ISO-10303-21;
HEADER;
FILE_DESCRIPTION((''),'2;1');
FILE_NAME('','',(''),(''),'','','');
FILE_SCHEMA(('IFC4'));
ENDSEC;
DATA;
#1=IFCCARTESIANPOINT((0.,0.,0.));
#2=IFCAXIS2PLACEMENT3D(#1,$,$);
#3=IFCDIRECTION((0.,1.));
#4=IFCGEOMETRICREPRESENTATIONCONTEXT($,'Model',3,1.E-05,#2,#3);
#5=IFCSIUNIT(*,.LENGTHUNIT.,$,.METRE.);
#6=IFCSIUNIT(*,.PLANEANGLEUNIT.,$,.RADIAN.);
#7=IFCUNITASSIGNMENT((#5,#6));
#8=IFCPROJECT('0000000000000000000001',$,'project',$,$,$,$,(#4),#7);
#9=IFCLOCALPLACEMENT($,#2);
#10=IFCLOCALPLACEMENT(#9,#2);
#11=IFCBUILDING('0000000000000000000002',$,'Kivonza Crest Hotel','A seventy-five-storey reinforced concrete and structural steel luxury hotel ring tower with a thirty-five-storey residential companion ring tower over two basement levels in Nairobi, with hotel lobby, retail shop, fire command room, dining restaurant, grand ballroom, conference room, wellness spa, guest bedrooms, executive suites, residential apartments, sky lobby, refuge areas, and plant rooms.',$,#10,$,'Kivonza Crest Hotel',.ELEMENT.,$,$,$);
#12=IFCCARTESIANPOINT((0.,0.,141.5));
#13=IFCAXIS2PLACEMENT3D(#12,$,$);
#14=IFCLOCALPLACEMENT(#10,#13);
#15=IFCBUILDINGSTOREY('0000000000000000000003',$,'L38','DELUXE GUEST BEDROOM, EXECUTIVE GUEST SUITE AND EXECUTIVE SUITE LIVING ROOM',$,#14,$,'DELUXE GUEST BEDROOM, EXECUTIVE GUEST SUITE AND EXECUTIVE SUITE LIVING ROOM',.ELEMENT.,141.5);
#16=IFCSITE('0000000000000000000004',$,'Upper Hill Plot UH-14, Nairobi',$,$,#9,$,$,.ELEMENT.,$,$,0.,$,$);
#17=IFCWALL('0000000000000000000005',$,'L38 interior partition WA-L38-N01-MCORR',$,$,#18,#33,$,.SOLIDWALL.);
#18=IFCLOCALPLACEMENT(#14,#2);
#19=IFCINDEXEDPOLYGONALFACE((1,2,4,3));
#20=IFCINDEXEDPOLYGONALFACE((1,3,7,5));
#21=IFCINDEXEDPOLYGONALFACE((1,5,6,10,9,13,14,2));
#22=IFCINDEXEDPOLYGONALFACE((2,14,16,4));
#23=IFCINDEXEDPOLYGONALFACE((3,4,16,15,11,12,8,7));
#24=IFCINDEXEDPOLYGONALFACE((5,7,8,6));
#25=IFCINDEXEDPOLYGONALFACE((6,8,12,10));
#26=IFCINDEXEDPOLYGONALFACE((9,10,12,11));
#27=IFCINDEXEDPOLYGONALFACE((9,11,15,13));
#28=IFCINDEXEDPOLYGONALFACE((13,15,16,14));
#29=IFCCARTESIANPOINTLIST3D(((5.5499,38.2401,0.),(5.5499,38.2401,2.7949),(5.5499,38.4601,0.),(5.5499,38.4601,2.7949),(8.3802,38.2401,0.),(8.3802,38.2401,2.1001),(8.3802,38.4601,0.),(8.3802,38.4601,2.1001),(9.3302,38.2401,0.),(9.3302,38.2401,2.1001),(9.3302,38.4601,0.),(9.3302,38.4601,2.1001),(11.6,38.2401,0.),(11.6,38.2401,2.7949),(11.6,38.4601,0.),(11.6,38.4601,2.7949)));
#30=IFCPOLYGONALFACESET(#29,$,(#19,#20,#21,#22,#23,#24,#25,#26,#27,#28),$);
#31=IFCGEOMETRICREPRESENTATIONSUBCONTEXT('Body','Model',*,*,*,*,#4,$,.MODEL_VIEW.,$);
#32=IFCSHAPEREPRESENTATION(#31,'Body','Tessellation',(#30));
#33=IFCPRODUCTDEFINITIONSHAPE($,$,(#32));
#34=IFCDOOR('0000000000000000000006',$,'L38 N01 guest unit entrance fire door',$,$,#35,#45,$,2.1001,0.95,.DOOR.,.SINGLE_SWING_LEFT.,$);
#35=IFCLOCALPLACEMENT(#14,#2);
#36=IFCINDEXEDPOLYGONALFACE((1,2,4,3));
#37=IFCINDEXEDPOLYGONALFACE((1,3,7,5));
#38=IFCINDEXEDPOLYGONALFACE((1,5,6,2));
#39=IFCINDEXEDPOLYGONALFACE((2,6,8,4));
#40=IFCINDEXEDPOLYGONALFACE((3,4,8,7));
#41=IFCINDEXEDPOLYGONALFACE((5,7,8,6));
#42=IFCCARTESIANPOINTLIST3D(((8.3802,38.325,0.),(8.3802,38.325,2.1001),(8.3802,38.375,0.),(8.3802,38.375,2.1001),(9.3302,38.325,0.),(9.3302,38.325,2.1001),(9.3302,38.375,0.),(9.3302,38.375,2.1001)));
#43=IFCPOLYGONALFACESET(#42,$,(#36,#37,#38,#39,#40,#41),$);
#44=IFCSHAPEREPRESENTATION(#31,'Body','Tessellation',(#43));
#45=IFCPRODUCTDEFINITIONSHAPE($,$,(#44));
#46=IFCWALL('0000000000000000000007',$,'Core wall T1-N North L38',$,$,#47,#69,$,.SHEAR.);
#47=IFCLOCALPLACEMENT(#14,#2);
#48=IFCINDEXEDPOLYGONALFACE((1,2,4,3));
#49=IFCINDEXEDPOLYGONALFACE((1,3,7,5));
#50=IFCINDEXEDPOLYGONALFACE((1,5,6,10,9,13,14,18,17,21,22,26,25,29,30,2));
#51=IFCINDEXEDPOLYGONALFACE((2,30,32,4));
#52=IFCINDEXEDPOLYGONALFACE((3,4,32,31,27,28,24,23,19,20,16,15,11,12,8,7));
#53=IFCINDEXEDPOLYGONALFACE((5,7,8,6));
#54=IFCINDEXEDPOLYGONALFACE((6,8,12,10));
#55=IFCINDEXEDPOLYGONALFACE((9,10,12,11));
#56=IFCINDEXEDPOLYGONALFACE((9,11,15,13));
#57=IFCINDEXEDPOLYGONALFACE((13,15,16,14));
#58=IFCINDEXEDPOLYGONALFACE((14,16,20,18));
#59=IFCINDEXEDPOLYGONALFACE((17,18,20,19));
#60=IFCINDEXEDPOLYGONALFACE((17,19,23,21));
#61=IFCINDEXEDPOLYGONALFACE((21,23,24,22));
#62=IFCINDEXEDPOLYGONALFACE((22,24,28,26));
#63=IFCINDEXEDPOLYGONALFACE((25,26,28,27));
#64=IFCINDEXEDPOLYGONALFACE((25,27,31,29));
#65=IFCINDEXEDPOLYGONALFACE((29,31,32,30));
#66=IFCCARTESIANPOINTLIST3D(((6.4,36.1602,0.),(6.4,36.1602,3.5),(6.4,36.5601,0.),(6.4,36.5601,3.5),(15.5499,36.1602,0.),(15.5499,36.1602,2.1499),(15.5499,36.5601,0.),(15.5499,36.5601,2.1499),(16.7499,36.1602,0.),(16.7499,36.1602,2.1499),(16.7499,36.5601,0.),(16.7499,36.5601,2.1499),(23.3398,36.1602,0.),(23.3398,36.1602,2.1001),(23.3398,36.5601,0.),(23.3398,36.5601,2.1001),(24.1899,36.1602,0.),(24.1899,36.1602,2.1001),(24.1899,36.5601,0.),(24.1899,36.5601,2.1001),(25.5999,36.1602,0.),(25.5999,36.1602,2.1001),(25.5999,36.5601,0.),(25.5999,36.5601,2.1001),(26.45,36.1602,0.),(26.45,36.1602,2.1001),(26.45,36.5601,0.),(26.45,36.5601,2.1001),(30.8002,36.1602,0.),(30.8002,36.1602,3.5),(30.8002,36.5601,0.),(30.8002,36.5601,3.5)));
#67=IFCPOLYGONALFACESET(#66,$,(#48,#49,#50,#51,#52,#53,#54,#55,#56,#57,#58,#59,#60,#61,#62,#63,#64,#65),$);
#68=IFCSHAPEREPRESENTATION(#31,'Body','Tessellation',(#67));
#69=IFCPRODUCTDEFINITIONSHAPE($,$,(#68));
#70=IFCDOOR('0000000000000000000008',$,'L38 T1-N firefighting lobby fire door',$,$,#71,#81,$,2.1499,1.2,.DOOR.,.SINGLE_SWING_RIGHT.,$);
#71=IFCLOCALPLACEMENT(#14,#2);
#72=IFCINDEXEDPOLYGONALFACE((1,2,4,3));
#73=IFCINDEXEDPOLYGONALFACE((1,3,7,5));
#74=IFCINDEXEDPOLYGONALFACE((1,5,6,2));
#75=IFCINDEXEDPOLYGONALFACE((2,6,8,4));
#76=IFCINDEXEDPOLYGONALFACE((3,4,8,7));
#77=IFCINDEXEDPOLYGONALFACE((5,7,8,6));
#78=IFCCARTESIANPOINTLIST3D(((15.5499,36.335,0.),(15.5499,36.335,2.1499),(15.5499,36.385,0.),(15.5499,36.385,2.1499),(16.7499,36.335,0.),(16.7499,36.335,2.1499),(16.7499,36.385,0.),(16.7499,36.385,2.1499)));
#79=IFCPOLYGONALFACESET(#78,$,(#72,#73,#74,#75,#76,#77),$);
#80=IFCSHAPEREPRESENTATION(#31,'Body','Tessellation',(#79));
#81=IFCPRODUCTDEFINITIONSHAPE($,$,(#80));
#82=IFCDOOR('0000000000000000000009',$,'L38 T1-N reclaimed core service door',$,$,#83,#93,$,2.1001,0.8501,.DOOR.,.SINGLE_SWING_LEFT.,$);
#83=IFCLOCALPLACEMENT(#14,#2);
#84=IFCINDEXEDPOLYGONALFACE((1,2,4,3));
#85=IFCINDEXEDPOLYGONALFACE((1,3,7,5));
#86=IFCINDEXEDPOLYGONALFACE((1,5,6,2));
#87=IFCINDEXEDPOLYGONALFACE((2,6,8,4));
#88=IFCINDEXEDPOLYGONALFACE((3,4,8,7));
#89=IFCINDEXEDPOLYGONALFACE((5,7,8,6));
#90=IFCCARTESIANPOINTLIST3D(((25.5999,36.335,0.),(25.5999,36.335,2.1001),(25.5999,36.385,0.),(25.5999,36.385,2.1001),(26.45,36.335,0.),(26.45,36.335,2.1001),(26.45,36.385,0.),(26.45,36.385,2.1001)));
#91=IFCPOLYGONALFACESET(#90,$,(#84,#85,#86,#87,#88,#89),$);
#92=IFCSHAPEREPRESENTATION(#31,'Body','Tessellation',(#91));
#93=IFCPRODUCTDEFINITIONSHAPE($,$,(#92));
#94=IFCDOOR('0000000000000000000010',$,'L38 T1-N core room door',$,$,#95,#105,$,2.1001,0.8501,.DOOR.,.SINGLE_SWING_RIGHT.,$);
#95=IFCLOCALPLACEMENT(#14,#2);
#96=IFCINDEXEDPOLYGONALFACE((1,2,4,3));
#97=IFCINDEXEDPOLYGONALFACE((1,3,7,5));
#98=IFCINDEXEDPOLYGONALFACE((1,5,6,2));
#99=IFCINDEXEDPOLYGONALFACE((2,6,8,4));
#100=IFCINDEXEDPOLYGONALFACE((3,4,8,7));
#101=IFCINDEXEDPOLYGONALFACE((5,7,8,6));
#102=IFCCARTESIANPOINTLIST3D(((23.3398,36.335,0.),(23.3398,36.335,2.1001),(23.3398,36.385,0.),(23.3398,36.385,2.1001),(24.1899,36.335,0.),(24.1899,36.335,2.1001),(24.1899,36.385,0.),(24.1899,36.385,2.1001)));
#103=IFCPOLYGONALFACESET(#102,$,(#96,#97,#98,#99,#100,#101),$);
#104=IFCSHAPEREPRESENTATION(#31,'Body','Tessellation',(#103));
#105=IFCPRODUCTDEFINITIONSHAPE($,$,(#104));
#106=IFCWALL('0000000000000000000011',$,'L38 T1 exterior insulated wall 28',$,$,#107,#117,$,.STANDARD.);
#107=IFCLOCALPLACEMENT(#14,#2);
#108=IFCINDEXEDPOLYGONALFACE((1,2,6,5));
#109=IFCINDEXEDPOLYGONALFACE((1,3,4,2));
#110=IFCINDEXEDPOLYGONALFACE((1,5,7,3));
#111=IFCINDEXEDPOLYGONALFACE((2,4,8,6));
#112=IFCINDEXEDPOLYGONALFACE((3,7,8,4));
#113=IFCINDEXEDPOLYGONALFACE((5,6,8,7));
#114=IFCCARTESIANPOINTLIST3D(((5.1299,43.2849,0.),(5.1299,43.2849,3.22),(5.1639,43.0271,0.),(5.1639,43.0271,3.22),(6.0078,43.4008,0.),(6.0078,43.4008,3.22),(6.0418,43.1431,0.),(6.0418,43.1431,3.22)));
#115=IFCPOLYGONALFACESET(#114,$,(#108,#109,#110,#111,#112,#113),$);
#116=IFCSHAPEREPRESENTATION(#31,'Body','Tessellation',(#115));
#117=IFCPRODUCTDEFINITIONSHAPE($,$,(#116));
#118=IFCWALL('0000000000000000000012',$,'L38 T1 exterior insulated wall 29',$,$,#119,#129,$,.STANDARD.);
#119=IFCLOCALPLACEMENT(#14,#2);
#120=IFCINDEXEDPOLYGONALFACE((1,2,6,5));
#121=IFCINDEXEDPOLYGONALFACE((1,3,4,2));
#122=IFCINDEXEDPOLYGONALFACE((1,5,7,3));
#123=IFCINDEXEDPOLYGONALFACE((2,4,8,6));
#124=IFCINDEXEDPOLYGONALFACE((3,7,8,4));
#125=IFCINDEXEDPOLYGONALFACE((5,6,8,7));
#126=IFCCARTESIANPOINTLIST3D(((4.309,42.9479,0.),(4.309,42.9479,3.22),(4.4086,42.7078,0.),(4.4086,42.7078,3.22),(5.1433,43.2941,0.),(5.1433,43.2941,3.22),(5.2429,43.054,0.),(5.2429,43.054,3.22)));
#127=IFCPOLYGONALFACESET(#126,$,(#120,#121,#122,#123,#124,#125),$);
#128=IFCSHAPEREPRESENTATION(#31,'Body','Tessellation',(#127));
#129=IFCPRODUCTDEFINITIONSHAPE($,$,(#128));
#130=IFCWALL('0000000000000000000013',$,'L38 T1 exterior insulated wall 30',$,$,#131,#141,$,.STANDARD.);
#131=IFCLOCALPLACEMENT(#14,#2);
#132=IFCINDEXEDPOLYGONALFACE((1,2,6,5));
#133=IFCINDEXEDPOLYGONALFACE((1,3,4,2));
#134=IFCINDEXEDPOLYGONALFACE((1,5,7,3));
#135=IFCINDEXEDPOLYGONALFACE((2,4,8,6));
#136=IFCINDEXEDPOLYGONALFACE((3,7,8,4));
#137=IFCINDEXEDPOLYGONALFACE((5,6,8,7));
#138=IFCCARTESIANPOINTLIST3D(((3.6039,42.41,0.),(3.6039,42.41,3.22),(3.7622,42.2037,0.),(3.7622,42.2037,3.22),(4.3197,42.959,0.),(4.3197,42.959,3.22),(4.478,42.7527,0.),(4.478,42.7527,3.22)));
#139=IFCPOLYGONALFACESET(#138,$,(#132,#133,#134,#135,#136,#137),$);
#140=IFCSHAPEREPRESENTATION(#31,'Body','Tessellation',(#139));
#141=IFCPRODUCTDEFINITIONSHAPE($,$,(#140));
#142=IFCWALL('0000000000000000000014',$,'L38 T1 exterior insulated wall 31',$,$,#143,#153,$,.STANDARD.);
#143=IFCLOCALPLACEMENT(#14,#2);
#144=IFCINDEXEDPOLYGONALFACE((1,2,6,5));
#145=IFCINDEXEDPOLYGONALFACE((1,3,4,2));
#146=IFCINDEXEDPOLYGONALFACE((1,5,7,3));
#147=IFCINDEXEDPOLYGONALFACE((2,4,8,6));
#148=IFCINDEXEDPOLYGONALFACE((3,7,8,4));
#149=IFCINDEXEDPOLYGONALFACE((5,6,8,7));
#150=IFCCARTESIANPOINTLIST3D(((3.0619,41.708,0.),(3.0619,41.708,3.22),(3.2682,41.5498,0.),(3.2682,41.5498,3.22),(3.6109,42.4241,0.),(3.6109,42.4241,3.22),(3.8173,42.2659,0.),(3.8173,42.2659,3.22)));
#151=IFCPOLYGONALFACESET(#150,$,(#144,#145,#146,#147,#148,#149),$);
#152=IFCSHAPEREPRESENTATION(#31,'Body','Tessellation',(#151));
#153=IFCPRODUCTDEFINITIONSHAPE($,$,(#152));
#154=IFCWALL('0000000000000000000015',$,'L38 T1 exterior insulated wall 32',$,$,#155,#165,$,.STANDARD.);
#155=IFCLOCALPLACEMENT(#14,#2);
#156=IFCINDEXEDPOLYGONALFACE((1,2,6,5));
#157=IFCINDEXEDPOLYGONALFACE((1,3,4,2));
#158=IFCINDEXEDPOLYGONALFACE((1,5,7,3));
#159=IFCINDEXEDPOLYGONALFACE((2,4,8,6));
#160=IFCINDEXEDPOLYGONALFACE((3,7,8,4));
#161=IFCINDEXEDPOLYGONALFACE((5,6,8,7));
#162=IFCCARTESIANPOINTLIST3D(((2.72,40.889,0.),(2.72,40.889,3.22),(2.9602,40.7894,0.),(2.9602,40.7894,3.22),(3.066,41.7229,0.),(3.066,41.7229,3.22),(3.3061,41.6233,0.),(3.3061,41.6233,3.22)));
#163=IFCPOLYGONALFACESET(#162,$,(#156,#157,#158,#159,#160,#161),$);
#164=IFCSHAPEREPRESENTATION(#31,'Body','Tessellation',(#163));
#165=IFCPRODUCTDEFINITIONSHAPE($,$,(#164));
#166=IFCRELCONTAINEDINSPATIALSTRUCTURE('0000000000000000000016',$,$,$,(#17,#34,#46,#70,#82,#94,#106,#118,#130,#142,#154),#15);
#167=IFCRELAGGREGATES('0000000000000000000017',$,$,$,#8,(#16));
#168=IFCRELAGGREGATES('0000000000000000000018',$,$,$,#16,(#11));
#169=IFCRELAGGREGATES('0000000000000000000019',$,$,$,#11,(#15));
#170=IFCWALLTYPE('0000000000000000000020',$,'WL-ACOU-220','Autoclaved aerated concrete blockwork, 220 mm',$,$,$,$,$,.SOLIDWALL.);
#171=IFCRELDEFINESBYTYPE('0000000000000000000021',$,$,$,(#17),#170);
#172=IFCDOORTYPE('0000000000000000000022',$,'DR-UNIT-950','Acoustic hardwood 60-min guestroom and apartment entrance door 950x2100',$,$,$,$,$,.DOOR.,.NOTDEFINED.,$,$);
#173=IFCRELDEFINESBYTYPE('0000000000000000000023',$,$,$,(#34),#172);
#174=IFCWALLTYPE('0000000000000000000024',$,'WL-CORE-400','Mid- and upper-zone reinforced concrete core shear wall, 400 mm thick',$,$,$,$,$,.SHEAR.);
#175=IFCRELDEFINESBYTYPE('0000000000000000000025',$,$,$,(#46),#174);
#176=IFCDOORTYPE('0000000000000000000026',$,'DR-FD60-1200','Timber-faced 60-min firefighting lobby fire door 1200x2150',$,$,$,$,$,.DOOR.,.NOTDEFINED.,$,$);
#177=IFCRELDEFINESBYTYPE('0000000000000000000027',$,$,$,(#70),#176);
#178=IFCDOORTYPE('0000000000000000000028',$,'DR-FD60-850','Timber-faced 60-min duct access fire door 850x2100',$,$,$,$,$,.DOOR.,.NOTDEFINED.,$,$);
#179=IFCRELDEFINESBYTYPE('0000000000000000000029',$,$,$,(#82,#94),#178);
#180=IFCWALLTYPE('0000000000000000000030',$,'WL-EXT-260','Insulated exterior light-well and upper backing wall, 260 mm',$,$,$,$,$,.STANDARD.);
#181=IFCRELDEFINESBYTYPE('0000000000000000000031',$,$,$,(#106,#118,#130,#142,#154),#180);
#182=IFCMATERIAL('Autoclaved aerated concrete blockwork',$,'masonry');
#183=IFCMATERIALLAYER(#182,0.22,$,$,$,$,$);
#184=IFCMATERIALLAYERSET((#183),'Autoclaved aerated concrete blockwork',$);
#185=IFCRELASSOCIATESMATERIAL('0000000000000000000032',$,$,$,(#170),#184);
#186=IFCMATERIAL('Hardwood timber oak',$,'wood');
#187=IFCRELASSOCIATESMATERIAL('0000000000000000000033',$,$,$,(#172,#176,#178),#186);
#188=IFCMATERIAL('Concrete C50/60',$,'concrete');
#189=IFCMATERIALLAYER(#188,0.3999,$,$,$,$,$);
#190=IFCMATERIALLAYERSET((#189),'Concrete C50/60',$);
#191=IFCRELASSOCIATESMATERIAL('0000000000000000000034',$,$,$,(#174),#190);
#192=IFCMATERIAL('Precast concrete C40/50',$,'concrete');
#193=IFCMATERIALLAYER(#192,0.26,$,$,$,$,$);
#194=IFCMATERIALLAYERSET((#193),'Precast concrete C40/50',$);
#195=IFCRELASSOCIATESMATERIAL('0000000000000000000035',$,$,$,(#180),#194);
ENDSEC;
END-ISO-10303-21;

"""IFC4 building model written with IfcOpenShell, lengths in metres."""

from ifc_helpers import new_model, si_unit, direction, frame, frame_2d, origin, place, context, subcontext, project, spatial, rectangle, extrude, material, layer, layer_set, type_object, element, fill, save


model = new_model("IFC4")

# Units and contexts
model_context = context("Model", 3, precision=1e-05, world=origin(), true_north=direction((0.0, 1.0)))
body_context = subcontext(model_context, "Body", "Model", "MODEL_VIEW")
ifc_project = project(units=[si_unit("LENGTHUNIT", "METRE"), si_unit("PLANEANGLEUNIT", "RADIAN")], contexts=[model_context])

# Site, building, storey
site_placement = place(None, origin())
site = spatial("IfcSite", under=ifc_project, at=site_placement, Name="Upper Hill Plot UH-14, Nairobi", CompositionType="ELEMENT", RefElevation=0.0)
building_placement = place(site_placement, origin())
building = spatial("IfcBuilding", under=site, at=building_placement, Name="Kivonza Crest Hotel", Description="A seventy-five-storey reinforced concrete and structural steel luxury hotel ring tower with a thirty-five-storey residential companion ring tower over two basement levels in Nairobi, with hotel lobby, retail shop, fire command room, dining restaurant, grand ballroom, conference room, wellness spa, guest bedrooms, executive suites, residential apartments, sky lobby, refuge areas, and plant rooms.", LongName="Kivonza Crest Hotel", CompositionType="ELEMENT")
storey_placement = place(building_placement, frame((0.0, 0.0, 141.5)))
storey = spatial("IfcBuildingStorey", under=building, at=storey_placement, Name="L38", Description="DELUXE GUEST BEDROOM, EXECUTIVE GUEST SUITE AND EXECUTIVE SUITE LIVING ROOM", LongName="DELUXE GUEST BEDROOM, EXECUTIVE GUEST SUITE AND EXECUTIVE SUITE LIVING ROOM", CompositionType="ELEMENT", Elevation=141.5)

# Shared definitions
ifc_material_1 = material(Name="Concrete C50/60", Category="concrete")

# Shared definitions
ifc_material_2 = material(Name="Autoclaved aerated concrete blockwork", Category="masonry")
ifc_layer_1 = layer(ifc_material_2, 0.22)
ifc_layer_set_1 = layer_set([ifc_layer_1], Name="Autoclaved aerated concrete blockwork")
wall_type_1 = type_object("IfcWallType", Name="WL-ACOU-220", Description="Autoclaved aerated concrete blockwork, 220 mm", PredefinedType="SOLIDWALL", material=ifc_layer_set_1)

# Wall, opening, door
wall_1_placement = place(storey_placement, frame((5.55, 38.3501, 0.0), z_axis=(0.0, 0.0, 1.0), x_axis=(1.0, 0.0, 0.0)))
wall_1 = element("IfcWall", 1, at=wall_1_placement, inside=storey, type_object=wall_type_1, Name="L38 interior partition WA-L38-N01-MCORR", PredefinedType="SOLIDWALL", context=body_context, shape_type="SweptSolid", body=[
    extrude(rectangle(XDim=6.05, YDim=0.22, at=frame_2d((3.0249, 0.0))), origin(), (0.0, 0.0, 1.0), 2.7949),
])
opening_1_placement = place(wall_1_placement, frame((2.8301, 0.0, 0.0)))
opening_1 = element("IfcOpeningElement", 2, at=opening_1_placement, cuts=wall_1, PredefinedType="OPENING", context=body_context, shape_type="SweptSolid", body=[
    extrude(rectangle(XDim=0.95, YDim=2.1001, at=frame_2d((0.4751, 1.05))), frame((0.0, 0.1201, 0.0), z_axis=(0.0, -1.0, 0.0), x_axis=(1.0, 0.0, 0.0)), (0.0, 0.0, 1.0), 0.24),
])
ifc_material_3 = material(Name="Hardwood timber oak", Category="wood")
door_type_1 = type_object("IfcDoorType", Name="DR-UNIT-950", Description="Acoustic hardwood 60-min guestroom and apartment entrance door 950x2100", OperationType="NOTDEFINED", PredefinedType="DOOR", material=ifc_material_3)
door_1_placement = place(opening_1_placement, origin())
door_1 = element("IfcDoor", 3, at=door_1_placement, inside=storey, type_object=door_type_1, Name="L38 N01 guest unit entrance fire door", OperationType="SINGLE_SWING_LEFT", OverallHeight=2.1001, OverallWidth=0.95, PredefinedType="DOOR", context=body_context, shape_type="SweptSolid", body=[
    extrude(rectangle(XDim=0.95, YDim=2.1001, at=frame_2d((0.4751, 1.05))), frame((0.0, 0.0249, 0.0), z_axis=(0.0, -1.0, 0.0), x_axis=(1.0, 0.0, 0.0)), (0.0, 0.0, 1.0), 0.05),
])
fill(opening_1, door_1)

# Wall, openings, doors
ifc_layer_2 = layer(ifc_material_1, 0.3999)
ifc_layer_set_2 = layer_set([ifc_layer_2], Name="Concrete C50/60")
wall_type_2 = type_object("IfcWallType", Name="WL-CORE-400", Description="Mid- and upper-zone reinforced concrete core shear wall, 400 mm thick", PredefinedType="SHEAR", material=ifc_layer_set_2)
wall_2_placement = place(storey_placement, frame((6.3999, 36.3601, 0.0), z_axis=(0.0, 0.0, 1.0), x_axis=(1.0, 0.0, 0.0)))
wall_2 = element("IfcWall", 4, at=wall_2_placement, inside=storey, type_object=wall_type_2, Name="Core wall T1-N North L38", PredefinedType="SHEAR", context=body_context, shape_type="SweptSolid", body=[
    extrude(rectangle(XDim=24.4001, YDim=0.3999, at=frame_2d((12.2002, 0.0))), origin(), (0.0, 0.0, 1.0), 3.5),
])
opening_2_placement = place(wall_2_placement, frame((9.1499, 0.0, 0.0)))
opening_2 = element("IfcOpeningElement", 5, at=opening_2_placement, cuts=wall_2, PredefinedType="OPENING", context=body_context, shape_type="SweptSolid", body=[
    extrude(rectangle(XDim=1.2, YDim=2.1499, at=frame_2d((0.6001, 1.075))), frame((0.0, 0.21, 0.0), z_axis=(0.0, -1.0, 0.0), x_axis=(1.0, 0.0, 0.0)), (0.0, 0.0, 1.0), 0.4199),
])
opening_3_placement = place(wall_2_placement, frame((19.2, 0.0, 0.0)))
opening_3 = element("IfcOpeningElement", 6, at=opening_3_placement, cuts=wall_2, PredefinedType="OPENING", context=body_context, shape_type="SweptSolid", body=[
    extrude(rectangle(XDim=0.8501, YDim=2.1001, at=frame_2d((0.425, 1.05))), frame((0.0, 0.21, 0.0), z_axis=(0.0, -1.0, 0.0), x_axis=(1.0, 0.0, 0.0)), (0.0, 0.0, 1.0), 0.4199),
])
opening_4_placement = place(wall_2_placement, frame((16.9399, 0.0, 0.0)))
opening_4 = element("IfcOpeningElement", 7, at=opening_4_placement, cuts=wall_2, PredefinedType="OPENING", context=body_context, shape_type="SweptSolid", body=[
    extrude(rectangle(XDim=0.8501, YDim=2.1001, at=frame_2d((0.425, 1.05))), frame((0.0, 0.21, 0.0), z_axis=(0.0, -1.0, 0.0), x_axis=(1.0, 0.0, 0.0)), (0.0, 0.0, 1.0), 0.4199),
])
door_type_2 = type_object("IfcDoorType", Name="DR-FD60-1200", Description="Timber-faced 60-min firefighting lobby fire door 1200x2150", OperationType="NOTDEFINED", PredefinedType="DOOR", material=ifc_material_3)
door_2_placement = place(opening_2_placement, origin())
door_2 = element("IfcDoor", 8, at=door_2_placement, inside=storey, type_object=door_type_2, Name="L38 T1-N firefighting lobby fire door", OperationType="SINGLE_SWING_RIGHT", OverallHeight=2.1499, OverallWidth=1.2, PredefinedType="DOOR", context=body_context, shape_type="SweptSolid", body=[
    extrude(rectangle(XDim=1.2, YDim=2.1499, at=frame_2d((0.6001, 1.075))), frame((0.0, 0.0249, 0.0), z_axis=(0.0, -1.0, 0.0), x_axis=(1.0, 0.0, 0.0)), (0.0, 0.0, 1.0), 0.05),
])
fill(opening_2, door_2)
door_type_3 = type_object("IfcDoorType", Name="DR-FD60-850", Description="Timber-faced 60-min duct access fire door 850x2100", OperationType="NOTDEFINED", PredefinedType="DOOR", material=ifc_material_3)
door_3_placement = place(opening_3_placement, origin())
door_3 = element("IfcDoor", 9, at=door_3_placement, inside=storey, type_object=door_type_3, Name="L38 T1-N reclaimed core service door", OperationType="SINGLE_SWING_LEFT", OverallHeight=2.1001, OverallWidth=0.8501, PredefinedType="DOOR", context=body_context, shape_type="SweptSolid", body=[
    extrude(rectangle(XDim=0.8501, YDim=2.1001, at=frame_2d((0.425, 1.05))), frame((0.0, 0.0249, 0.0), z_axis=(0.0, -1.0, 0.0), x_axis=(1.0, 0.0, 0.0)), (0.0, 0.0, 1.0), 0.05),
])
fill(opening_3, door_3)
door_4_placement = place(opening_4_placement, origin())
door_4 = element("IfcDoor", 10, at=door_4_placement, inside=storey, type_object=door_type_3, Name="L38 T1-N core room door", OperationType="SINGLE_SWING_RIGHT", OverallHeight=2.1001, OverallWidth=0.8501, PredefinedType="DOOR", context=body_context, shape_type="SweptSolid", body=[
    extrude(rectangle(XDim=0.8501, YDim=2.1001, at=frame_2d((0.425, 1.05))), frame((0.0, 0.0249, 0.0), z_axis=(0.0, -1.0, 0.0), x_axis=(1.0, 0.0, 0.0)), (0.0, 0.0, 1.0), 0.05),
])
fill(opening_4, door_4)

# Walls
ifc_material_4 = material(Name="Precast concrete C40/50", Category="concrete")
ifc_layer_3 = layer(ifc_material_4, 0.26)
ifc_layer_set_3 = layer_set([ifc_layer_3], Name="Precast concrete C40/50")
wall_type_3 = type_object("IfcWallType", Name="WL-EXT-260", Description="Insulated exterior light-well and upper backing wall, 260 mm", PredefinedType="STANDARD", material=ifc_layer_set_3)
wall_3_placement = place(storey_placement, frame((6.0249, 43.272, 0.0), z_axis=(0.0, 0.0, 1.0), x_axis=(-0.991388, -0.130954, 0.0)))
element("IfcWall", 11, at=wall_3_placement, inside=storey, type_object=wall_type_3, Name="L38 T1 exterior insulated wall 28", PredefinedType="STANDARD", context=body_context, shape_type="SweptSolid", body=[
    extrude(rectangle(XDim=0.8855, YDim=0.26, at=frame_2d((0.4429, 0.0))), origin(), (0.0, 0.0, 1.0), 3.22),
])
wall_4_placement = place(storey_placement, frame((5.1931, 43.1741, 0.0), z_axis=(0.0, 0.0, 1.0), x_axis=(-0.923628, -0.383291, 0.0)))
element("IfcWall", 12, at=wall_4_placement, inside=storey, type_object=wall_type_3, Name="L38 T1 exterior insulated wall 29", PredefinedType="STANDARD", context=body_context, shape_type="SweptSolid", body=[
    extrude(rectangle(XDim=0.9033, YDim=0.26, at=frame_2d((0.4517, 0.0))), origin(), (0.0, 0.0, 1.0), 3.22),
])
wall_5_placement = place(storey_placement, frame((4.3989, 42.856, 0.0), z_axis=(0.0, 0.0, 1.0), x_axis=(-0.793458, -0.608625, 0.0)))
element("IfcWall", 13, at=wall_5_placement, inside=storey, type_object=wall_type_3, Name="L38 T1 exterior insulated wall 30", PredefinedType="STANDARD", context=body_context, shape_type="SweptSolid", body=[
    extrude(rectangle(XDim=0.9021, YDim=0.26, at=frame_2d((0.4512, 0.0))), origin(), (0.0, 0.0, 1.0), 3.22),
])
wall_6_placement = place(storey_placement, frame((3.7141, 42.345, 0.0), z_axis=(0.0, 0.0, 1.0), x_axis=(-0.608494, -0.793558, 0.0)))
element("IfcWall", 14, at=wall_6_placement, inside=storey, type_object=wall_type_3, Name="L38 T1 exterior insulated wall 31", PredefinedType="STANDARD", context=body_context, shape_type="SweptSolid", body=[
    extrude(rectangle(XDim=0.9023, YDim=0.26, at=frame_2d((0.4512, 0.0))), origin(), (0.0, 0.0, 1.0), 3.22),
])
wall_7_placement = place(storey_placement, frame((3.186, 41.6731, 0.0), z_axis=(0.0, 0.0, 1.0), x_axis=(-0.383156, -0.923684, 0.0)))
element("IfcWall", 15, at=wall_7_placement, inside=storey, type_object=wall_type_3, Name="L38 T1 exterior insulated wall 32", PredefinedType="STANDARD", context=body_context, shape_type="SweptSolid", body=[
    extrude(rectangle(XDim=0.9028, YDim=0.26, at=frame_2d((0.4514, 0.0))), origin(), (0.0, 0.0, 1.0), 3.22),
])

save(model, "model.ifc")
